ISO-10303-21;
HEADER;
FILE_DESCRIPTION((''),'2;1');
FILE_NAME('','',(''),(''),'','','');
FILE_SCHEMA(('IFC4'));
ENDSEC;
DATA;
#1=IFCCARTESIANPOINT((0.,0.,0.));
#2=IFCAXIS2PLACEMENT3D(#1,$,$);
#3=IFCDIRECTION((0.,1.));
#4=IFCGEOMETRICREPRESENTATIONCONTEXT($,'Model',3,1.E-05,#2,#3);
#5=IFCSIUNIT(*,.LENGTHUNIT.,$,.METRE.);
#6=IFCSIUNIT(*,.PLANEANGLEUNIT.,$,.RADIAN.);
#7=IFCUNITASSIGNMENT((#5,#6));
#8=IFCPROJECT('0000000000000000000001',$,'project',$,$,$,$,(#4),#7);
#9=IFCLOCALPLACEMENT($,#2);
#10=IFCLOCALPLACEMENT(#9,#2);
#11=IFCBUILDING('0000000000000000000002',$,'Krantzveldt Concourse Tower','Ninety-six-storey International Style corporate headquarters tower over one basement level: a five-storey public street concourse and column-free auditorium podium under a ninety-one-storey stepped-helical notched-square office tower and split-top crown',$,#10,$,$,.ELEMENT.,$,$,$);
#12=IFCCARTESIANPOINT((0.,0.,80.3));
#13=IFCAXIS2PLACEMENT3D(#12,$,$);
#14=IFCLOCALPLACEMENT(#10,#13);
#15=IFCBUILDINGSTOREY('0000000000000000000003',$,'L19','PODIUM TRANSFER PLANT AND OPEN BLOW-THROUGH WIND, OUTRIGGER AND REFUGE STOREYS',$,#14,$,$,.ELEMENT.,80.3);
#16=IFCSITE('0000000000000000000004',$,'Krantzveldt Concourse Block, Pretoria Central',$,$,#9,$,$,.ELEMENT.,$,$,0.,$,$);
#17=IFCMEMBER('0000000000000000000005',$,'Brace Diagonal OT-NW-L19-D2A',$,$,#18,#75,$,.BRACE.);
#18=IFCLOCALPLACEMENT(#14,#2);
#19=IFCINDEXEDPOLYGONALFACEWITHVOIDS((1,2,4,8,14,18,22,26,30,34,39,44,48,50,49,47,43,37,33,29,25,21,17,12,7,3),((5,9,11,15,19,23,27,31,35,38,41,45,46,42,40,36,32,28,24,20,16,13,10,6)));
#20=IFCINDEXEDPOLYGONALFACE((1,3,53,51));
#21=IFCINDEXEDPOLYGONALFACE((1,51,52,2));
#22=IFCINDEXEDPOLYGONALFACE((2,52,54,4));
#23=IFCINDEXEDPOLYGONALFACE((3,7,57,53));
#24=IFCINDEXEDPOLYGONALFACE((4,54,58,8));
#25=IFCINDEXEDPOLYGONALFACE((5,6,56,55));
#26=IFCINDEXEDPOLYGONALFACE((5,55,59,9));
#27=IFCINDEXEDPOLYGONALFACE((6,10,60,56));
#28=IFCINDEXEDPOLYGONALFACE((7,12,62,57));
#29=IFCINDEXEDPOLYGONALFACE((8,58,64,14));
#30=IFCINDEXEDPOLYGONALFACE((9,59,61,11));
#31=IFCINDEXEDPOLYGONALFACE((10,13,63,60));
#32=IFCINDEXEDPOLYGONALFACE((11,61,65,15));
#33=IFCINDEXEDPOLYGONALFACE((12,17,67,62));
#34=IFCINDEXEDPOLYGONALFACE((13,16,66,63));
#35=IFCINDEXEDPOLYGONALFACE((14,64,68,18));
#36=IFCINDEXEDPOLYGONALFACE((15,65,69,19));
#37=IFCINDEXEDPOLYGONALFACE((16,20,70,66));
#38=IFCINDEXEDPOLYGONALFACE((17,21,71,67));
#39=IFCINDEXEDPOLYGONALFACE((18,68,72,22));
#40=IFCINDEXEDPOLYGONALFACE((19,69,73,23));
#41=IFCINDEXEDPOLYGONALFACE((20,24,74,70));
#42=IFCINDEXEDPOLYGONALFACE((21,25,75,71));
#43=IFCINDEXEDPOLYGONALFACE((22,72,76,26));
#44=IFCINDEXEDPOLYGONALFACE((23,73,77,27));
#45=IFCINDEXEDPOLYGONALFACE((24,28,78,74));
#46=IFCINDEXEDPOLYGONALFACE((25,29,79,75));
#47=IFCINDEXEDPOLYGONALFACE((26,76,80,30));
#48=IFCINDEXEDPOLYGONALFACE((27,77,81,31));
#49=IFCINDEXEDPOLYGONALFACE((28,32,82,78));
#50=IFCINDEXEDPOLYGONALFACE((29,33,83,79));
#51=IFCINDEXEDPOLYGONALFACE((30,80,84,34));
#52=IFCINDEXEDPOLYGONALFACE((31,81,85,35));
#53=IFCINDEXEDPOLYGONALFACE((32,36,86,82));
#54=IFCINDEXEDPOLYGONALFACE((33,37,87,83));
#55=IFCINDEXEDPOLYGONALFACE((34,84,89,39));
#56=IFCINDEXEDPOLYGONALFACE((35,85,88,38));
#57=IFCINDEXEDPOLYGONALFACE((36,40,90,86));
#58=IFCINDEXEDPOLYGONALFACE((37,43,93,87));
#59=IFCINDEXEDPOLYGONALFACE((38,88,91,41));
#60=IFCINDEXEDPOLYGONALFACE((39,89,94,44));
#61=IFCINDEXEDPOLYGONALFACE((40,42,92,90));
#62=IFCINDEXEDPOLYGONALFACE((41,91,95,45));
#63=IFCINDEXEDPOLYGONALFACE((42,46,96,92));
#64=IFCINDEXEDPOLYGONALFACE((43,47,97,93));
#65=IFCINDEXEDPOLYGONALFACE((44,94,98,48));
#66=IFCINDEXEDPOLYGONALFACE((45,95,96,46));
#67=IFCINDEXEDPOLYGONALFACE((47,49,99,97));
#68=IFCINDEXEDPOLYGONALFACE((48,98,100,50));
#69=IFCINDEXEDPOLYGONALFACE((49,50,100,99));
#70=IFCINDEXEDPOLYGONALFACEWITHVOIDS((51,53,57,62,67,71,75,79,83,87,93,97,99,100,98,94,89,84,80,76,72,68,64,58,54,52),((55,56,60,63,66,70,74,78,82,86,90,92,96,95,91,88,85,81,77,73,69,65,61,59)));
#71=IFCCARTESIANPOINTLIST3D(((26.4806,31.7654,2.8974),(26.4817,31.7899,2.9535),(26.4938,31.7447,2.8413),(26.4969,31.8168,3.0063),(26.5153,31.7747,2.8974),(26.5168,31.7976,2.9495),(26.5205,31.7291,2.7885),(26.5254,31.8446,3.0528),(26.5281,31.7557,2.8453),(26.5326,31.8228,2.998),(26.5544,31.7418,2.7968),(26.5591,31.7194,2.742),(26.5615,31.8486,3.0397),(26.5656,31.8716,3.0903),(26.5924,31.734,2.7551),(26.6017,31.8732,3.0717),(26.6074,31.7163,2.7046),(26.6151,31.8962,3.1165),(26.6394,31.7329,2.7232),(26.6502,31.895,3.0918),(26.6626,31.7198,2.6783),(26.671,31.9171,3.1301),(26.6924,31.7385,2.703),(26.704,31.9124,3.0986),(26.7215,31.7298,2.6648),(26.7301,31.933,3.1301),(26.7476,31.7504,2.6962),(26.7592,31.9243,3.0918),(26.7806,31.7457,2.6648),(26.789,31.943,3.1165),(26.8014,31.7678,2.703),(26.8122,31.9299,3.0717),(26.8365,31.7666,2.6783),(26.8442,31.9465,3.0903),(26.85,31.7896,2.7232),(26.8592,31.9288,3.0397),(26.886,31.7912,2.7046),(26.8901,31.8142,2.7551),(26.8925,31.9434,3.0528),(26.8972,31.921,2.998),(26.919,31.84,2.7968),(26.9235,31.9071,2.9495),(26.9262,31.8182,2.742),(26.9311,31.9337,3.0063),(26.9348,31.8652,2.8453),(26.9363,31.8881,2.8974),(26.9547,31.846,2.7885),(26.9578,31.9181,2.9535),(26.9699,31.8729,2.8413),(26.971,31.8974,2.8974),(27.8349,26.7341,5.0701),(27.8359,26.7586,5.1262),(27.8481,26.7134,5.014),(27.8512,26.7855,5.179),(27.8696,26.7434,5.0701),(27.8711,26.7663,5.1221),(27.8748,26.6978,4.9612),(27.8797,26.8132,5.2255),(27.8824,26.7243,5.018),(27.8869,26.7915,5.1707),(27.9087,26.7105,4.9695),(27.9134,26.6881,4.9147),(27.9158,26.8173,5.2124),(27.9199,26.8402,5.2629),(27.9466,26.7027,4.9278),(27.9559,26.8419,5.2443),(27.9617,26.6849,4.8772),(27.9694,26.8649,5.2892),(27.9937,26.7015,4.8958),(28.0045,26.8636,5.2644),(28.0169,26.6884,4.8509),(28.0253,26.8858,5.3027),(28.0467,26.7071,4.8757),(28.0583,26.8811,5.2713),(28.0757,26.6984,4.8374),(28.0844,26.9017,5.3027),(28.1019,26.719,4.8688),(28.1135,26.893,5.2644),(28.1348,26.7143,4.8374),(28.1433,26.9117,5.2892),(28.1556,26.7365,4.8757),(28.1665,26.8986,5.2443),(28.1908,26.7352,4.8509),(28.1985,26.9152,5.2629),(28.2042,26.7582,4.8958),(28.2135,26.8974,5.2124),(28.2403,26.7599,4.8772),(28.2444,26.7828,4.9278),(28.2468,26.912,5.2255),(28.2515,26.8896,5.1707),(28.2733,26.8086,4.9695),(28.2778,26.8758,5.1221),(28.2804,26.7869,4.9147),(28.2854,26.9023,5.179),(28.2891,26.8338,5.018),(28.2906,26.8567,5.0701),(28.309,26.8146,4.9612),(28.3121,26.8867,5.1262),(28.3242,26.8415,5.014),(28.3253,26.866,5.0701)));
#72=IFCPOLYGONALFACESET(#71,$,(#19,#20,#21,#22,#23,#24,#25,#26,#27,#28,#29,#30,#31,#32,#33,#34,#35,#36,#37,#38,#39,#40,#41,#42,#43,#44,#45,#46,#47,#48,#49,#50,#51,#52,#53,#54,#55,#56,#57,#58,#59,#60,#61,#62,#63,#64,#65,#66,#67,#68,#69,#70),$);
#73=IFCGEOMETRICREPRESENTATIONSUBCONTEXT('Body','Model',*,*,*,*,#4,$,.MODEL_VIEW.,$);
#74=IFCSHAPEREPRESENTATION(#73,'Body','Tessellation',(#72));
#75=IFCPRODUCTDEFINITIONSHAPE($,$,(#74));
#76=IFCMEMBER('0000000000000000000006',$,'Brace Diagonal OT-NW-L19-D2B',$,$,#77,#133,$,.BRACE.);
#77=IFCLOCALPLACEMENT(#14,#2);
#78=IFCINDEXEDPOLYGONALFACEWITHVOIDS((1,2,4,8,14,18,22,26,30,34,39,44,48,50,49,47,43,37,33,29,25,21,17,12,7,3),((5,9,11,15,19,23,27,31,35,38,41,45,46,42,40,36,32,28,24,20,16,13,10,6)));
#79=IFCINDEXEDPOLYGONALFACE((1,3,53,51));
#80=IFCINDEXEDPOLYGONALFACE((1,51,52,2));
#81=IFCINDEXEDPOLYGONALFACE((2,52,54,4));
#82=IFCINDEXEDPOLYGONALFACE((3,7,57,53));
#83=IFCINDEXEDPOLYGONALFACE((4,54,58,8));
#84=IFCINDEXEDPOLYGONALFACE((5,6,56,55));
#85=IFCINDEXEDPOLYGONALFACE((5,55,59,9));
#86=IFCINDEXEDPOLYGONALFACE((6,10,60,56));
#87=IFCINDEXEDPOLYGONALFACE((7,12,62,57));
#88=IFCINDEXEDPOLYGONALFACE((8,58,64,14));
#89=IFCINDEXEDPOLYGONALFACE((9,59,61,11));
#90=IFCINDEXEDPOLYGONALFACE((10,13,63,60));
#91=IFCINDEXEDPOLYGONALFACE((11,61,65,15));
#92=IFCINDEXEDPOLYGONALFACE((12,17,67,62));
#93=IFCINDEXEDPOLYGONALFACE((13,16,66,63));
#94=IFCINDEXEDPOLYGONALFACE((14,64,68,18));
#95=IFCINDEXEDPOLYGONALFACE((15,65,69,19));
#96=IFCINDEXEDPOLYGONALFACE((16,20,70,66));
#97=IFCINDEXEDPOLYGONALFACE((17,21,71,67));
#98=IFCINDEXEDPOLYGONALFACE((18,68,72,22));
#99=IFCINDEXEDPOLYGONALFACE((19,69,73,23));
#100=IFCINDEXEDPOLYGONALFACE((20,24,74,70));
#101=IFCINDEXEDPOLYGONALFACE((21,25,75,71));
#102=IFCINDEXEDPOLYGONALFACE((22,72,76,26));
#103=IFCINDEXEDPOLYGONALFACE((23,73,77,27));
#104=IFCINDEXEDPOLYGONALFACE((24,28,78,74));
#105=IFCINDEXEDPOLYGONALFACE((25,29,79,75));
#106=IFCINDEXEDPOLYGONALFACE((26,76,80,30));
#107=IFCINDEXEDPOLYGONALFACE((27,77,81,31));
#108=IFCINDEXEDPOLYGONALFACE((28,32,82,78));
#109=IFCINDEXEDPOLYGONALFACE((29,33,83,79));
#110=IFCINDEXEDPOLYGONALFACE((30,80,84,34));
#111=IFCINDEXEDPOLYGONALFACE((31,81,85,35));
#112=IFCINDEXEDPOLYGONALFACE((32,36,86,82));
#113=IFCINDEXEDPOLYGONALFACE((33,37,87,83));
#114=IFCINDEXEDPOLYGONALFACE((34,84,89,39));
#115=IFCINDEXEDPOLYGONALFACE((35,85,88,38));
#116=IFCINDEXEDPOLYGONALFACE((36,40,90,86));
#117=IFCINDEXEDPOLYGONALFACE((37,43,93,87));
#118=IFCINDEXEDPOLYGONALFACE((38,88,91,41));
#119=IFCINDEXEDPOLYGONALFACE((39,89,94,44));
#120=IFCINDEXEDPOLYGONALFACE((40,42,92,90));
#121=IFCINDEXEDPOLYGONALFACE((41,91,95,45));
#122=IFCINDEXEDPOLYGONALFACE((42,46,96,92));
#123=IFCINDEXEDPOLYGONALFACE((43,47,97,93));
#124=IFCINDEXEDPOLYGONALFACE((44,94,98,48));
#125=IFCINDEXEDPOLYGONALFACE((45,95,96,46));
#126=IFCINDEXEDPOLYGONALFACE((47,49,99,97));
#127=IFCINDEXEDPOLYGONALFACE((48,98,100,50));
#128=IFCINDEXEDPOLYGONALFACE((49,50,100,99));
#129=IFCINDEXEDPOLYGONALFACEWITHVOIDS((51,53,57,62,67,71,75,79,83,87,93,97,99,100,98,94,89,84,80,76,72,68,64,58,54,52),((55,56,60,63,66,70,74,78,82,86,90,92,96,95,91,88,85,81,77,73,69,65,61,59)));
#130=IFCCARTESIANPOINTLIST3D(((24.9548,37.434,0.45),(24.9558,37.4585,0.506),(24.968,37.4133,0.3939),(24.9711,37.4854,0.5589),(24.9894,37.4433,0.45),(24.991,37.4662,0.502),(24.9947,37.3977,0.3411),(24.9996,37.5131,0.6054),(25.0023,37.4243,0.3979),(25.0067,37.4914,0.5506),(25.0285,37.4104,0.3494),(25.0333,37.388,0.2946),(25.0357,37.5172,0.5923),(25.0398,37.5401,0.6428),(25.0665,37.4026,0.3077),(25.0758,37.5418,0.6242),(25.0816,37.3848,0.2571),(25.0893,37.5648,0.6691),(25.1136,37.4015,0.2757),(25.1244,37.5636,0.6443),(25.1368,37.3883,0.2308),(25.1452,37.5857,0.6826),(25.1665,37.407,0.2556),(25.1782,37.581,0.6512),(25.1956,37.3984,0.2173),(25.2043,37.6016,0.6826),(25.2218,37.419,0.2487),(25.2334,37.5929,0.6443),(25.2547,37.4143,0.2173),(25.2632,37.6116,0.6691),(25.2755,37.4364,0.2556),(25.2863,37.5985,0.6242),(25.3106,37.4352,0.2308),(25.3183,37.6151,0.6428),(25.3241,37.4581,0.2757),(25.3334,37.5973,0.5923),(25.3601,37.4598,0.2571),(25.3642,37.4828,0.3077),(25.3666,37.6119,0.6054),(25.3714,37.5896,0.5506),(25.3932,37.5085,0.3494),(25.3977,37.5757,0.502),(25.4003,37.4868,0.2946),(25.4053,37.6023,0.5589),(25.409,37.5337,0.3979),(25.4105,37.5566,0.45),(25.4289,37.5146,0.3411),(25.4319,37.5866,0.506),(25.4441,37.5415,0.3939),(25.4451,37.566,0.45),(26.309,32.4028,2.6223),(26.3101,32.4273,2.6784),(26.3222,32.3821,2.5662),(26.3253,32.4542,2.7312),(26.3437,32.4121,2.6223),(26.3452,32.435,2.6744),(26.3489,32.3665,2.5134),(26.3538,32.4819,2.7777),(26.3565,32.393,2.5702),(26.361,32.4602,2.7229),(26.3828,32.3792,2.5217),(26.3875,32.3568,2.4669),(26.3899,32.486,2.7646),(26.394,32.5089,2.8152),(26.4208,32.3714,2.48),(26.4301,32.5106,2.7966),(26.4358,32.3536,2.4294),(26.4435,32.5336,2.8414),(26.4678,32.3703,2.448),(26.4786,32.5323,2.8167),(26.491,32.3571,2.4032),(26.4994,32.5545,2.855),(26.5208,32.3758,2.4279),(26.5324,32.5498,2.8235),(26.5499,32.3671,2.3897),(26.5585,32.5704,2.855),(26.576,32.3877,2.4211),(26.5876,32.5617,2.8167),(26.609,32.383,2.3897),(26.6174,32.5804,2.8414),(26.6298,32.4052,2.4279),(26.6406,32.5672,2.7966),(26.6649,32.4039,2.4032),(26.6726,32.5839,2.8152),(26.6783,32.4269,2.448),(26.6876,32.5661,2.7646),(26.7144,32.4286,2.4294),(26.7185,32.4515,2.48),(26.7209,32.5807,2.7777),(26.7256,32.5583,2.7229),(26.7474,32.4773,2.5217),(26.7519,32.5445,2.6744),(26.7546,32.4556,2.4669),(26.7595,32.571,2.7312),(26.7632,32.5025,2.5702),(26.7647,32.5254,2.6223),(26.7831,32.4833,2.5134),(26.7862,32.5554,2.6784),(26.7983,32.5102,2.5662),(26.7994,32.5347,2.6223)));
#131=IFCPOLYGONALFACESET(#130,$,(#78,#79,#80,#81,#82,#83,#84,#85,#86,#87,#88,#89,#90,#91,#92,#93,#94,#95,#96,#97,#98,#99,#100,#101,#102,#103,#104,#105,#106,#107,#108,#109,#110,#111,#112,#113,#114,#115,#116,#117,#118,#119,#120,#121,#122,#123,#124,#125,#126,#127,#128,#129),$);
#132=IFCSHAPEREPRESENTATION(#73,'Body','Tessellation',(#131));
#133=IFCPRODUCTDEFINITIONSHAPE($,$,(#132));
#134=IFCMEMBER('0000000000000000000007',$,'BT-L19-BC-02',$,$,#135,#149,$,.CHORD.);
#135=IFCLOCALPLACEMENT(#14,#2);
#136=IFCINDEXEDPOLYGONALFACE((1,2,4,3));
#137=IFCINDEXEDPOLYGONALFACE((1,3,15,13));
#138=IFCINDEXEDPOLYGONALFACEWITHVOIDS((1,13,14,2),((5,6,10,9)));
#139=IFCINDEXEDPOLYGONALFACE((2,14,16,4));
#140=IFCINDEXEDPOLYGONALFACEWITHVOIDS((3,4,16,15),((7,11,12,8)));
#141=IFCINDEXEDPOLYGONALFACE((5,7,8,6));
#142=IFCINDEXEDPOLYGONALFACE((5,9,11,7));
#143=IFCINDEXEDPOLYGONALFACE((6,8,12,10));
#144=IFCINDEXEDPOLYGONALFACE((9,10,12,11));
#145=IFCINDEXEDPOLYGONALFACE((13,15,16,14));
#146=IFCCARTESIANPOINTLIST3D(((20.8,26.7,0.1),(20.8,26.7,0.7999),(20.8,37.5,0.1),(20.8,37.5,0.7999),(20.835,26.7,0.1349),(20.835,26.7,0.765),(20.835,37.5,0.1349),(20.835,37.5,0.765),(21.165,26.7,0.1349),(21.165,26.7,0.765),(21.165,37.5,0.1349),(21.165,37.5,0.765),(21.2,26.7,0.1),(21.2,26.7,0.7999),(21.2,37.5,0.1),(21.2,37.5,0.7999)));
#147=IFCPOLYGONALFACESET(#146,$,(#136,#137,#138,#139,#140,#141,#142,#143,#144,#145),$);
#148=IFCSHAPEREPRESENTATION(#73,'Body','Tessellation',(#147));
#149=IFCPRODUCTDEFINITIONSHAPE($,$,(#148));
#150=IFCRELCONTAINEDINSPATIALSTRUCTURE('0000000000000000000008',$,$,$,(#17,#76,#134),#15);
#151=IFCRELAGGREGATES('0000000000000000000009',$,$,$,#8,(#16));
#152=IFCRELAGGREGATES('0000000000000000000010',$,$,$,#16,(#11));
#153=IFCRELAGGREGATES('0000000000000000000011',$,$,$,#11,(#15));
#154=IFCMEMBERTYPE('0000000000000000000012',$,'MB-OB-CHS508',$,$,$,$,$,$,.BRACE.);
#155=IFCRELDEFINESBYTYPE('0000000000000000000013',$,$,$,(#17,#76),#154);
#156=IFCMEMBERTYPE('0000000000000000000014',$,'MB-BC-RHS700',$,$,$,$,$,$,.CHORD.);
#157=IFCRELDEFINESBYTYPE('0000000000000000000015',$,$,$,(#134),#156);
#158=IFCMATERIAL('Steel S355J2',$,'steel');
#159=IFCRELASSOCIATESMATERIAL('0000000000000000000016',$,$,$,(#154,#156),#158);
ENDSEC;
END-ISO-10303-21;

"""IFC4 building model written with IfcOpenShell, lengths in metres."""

from ifc_helpers import new_model, si_unit, direction, frame, origin, origin_2d, place, context, subcontext, project, spatial, hollow_rectangle, hollow_circle, extrude, source, transform, mapped, material, material_profile, profile_set, type_object, type_shapes, element, save


model = new_model("IFC4")

# Units and contexts
model_context = context("Model", 3, precision=1e-05, world=origin(), true_north=direction((0.0, 1.0)))
body_context = subcontext(model_context, "Body", "Model", "MODEL_VIEW")
ifc_project = project(units=[si_unit("LENGTHUNIT", "METRE"), si_unit("PLANEANGLEUNIT", "RADIAN")], contexts=[model_context])

# Site, building, storey
site_placement = place(None, origin())
site = spatial("IfcSite", under=ifc_project, at=site_placement, Name="Krantzveldt Concourse Block, Pretoria Central", CompositionType="ELEMENT", RefElevation=0.0)
building_placement = place(site_placement, origin())
building = spatial("IfcBuilding", under=site, at=building_placement, Name="Krantzveldt Concourse Tower", Description="Ninety-six-storey International Style corporate headquarters tower over one basement level: a five-storey public street concourse and column-free auditorium podium under a ninety-one-storey stepped-helical notched-square office tower and split-top crown", CompositionType="ELEMENT")
storey_placement = place(building_placement, frame((0.0, 0.0, 80.3)))
storey = spatial("IfcBuildingStorey", under=building, at=storey_placement, Name="L19", Description="PODIUM TRANSFER PLANT AND OPEN BLOW-THROUGH WIND, OUTRIGGER AND REFUGE STOREYS", CompositionType="ELEMENT", Elevation=80.3)

# Shared definitions
ifc_material_1 = material(Name="Steel S355J2", Category="steel")

# Members
ifc_material_profile_1 = material_profile(ifc_material_1, hollow_circle(Radius=0.2539, WallThickness=0.0359, at=origin_2d()), Name="Steel S355J2", Category="steel")
ifc_profile_set_1 = profile_set([ifc_material_profile_1], Name="Steel S355J2 - CHS 508x36")
member_type_1 = type_object("IfcMemberType", Name="MB-OB-CHS508", PredefinedType="BRACE", material=ifc_profile_set_1)
shared_shape_1 = source(origin(), body_context, "Body", "SweptSolid", [
    extrude(hollow_circle(Radius=0.2539, WallThickness=0.0359, at=origin_2d()), origin(), (0.0, 0.0, 1.0), 5.6453),
])
member_1_placement = place(storey_placement, frame((28.0801, 26.8, 5.0701), z_axis=(-0.239896, 0.891252, -0.384863), x_axis=(-0.965631, -0.259916, 0.0)))
element("IfcMember", 1, at=member_1_placement, inside=storey, type_object=member_type_1, Name="Brace Diagonal OT-NW-L19-D2A", PredefinedType="BRACE", context=body_context, shape_type="MappedRepresentation", body=[
    mapped(shared_shape_1, transform((0.0, 0.0, 0.0), x_axis=(1.0, 0.0, 0.0), y_axis=(0.0, 1.0, 0.0), z_axis=(0.0, 0.0, 1.0), scale=1.0)),
])
shared_shape_2 = source(origin(), body_context, "Body", "SweptSolid", [
    extrude(hollow_circle(Radius=0.2539, WallThickness=0.0359, at=origin_2d()), origin(), (0.0, 0.0, 1.0), 5.645),
])
member_2_placement = place(storey_placement, frame((26.5542, 32.4688, 2.6223), z_axis=(-0.2399, 0.891267, -0.384826), x_axis=(-0.965631, -0.259916, 0.0)))
element("IfcMember", 2, at=member_2_placement, inside=storey, type_object=member_type_1, Name="Brace Diagonal OT-NW-L19-D2B", PredefinedType="BRACE", context=body_context, shape_type="MappedRepresentation", body=[
    mapped(shared_shape_2, transform((0.0, 0.0, 0.0), x_axis=(1.0, 0.0, 0.0), y_axis=(0.0, 1.0, 0.0), z_axis=(0.0, 0.0, 1.0), scale=1.0)),
])
ifc_material_profile_2 = material_profile(ifc_material_1, hollow_rectangle(XDim=0.3999, YDim=0.7, WallThickness=0.0349, at=origin_2d()), Name="Steel S355J2", Category="steel")
ifc_profile_set_2 = profile_set([ifc_material_profile_2], Name="Steel S355J2 - RHS 700x400x35")
member_type_2 = type_object("IfcMemberType", Name="MB-BC-RHS700", PredefinedType="CHORD", material=ifc_profile_set_2)
shared_shape_3 = source(origin(), body_context, "Body", "SweptSolid", [
    extrude(hollow_rectangle(XDim=0.3999, YDim=0.7, WallThickness=0.0349, at=origin_2d()), origin(), (0.0, 0.0, 1.0), 10.8),
])
type_shapes(member_type_2, [shared_shape_3])
member_3_placement = place(storey_placement, frame((21.0, 26.7, 0.45), z_axis=(0.0, 1.0, 0.0), x_axis=(-1.0, 0.0, 0.0)))
element("IfcMember", 3, at=member_3_placement, inside=storey, type_object=member_type_2, Name="BT-L19-BC-02", PredefinedType="CHORD", context=body_context, shape_type="MappedRepresentation", body=[
    mapped(shared_shape_3, transform((0.0, 0.0, 0.0), x_axis=(1.0, 0.0, 0.0), y_axis=(0.0, 1.0, 0.0), z_axis=(0.0, 0.0, 1.0), scale=1.0)),
])

save(model, "model.ifc")
